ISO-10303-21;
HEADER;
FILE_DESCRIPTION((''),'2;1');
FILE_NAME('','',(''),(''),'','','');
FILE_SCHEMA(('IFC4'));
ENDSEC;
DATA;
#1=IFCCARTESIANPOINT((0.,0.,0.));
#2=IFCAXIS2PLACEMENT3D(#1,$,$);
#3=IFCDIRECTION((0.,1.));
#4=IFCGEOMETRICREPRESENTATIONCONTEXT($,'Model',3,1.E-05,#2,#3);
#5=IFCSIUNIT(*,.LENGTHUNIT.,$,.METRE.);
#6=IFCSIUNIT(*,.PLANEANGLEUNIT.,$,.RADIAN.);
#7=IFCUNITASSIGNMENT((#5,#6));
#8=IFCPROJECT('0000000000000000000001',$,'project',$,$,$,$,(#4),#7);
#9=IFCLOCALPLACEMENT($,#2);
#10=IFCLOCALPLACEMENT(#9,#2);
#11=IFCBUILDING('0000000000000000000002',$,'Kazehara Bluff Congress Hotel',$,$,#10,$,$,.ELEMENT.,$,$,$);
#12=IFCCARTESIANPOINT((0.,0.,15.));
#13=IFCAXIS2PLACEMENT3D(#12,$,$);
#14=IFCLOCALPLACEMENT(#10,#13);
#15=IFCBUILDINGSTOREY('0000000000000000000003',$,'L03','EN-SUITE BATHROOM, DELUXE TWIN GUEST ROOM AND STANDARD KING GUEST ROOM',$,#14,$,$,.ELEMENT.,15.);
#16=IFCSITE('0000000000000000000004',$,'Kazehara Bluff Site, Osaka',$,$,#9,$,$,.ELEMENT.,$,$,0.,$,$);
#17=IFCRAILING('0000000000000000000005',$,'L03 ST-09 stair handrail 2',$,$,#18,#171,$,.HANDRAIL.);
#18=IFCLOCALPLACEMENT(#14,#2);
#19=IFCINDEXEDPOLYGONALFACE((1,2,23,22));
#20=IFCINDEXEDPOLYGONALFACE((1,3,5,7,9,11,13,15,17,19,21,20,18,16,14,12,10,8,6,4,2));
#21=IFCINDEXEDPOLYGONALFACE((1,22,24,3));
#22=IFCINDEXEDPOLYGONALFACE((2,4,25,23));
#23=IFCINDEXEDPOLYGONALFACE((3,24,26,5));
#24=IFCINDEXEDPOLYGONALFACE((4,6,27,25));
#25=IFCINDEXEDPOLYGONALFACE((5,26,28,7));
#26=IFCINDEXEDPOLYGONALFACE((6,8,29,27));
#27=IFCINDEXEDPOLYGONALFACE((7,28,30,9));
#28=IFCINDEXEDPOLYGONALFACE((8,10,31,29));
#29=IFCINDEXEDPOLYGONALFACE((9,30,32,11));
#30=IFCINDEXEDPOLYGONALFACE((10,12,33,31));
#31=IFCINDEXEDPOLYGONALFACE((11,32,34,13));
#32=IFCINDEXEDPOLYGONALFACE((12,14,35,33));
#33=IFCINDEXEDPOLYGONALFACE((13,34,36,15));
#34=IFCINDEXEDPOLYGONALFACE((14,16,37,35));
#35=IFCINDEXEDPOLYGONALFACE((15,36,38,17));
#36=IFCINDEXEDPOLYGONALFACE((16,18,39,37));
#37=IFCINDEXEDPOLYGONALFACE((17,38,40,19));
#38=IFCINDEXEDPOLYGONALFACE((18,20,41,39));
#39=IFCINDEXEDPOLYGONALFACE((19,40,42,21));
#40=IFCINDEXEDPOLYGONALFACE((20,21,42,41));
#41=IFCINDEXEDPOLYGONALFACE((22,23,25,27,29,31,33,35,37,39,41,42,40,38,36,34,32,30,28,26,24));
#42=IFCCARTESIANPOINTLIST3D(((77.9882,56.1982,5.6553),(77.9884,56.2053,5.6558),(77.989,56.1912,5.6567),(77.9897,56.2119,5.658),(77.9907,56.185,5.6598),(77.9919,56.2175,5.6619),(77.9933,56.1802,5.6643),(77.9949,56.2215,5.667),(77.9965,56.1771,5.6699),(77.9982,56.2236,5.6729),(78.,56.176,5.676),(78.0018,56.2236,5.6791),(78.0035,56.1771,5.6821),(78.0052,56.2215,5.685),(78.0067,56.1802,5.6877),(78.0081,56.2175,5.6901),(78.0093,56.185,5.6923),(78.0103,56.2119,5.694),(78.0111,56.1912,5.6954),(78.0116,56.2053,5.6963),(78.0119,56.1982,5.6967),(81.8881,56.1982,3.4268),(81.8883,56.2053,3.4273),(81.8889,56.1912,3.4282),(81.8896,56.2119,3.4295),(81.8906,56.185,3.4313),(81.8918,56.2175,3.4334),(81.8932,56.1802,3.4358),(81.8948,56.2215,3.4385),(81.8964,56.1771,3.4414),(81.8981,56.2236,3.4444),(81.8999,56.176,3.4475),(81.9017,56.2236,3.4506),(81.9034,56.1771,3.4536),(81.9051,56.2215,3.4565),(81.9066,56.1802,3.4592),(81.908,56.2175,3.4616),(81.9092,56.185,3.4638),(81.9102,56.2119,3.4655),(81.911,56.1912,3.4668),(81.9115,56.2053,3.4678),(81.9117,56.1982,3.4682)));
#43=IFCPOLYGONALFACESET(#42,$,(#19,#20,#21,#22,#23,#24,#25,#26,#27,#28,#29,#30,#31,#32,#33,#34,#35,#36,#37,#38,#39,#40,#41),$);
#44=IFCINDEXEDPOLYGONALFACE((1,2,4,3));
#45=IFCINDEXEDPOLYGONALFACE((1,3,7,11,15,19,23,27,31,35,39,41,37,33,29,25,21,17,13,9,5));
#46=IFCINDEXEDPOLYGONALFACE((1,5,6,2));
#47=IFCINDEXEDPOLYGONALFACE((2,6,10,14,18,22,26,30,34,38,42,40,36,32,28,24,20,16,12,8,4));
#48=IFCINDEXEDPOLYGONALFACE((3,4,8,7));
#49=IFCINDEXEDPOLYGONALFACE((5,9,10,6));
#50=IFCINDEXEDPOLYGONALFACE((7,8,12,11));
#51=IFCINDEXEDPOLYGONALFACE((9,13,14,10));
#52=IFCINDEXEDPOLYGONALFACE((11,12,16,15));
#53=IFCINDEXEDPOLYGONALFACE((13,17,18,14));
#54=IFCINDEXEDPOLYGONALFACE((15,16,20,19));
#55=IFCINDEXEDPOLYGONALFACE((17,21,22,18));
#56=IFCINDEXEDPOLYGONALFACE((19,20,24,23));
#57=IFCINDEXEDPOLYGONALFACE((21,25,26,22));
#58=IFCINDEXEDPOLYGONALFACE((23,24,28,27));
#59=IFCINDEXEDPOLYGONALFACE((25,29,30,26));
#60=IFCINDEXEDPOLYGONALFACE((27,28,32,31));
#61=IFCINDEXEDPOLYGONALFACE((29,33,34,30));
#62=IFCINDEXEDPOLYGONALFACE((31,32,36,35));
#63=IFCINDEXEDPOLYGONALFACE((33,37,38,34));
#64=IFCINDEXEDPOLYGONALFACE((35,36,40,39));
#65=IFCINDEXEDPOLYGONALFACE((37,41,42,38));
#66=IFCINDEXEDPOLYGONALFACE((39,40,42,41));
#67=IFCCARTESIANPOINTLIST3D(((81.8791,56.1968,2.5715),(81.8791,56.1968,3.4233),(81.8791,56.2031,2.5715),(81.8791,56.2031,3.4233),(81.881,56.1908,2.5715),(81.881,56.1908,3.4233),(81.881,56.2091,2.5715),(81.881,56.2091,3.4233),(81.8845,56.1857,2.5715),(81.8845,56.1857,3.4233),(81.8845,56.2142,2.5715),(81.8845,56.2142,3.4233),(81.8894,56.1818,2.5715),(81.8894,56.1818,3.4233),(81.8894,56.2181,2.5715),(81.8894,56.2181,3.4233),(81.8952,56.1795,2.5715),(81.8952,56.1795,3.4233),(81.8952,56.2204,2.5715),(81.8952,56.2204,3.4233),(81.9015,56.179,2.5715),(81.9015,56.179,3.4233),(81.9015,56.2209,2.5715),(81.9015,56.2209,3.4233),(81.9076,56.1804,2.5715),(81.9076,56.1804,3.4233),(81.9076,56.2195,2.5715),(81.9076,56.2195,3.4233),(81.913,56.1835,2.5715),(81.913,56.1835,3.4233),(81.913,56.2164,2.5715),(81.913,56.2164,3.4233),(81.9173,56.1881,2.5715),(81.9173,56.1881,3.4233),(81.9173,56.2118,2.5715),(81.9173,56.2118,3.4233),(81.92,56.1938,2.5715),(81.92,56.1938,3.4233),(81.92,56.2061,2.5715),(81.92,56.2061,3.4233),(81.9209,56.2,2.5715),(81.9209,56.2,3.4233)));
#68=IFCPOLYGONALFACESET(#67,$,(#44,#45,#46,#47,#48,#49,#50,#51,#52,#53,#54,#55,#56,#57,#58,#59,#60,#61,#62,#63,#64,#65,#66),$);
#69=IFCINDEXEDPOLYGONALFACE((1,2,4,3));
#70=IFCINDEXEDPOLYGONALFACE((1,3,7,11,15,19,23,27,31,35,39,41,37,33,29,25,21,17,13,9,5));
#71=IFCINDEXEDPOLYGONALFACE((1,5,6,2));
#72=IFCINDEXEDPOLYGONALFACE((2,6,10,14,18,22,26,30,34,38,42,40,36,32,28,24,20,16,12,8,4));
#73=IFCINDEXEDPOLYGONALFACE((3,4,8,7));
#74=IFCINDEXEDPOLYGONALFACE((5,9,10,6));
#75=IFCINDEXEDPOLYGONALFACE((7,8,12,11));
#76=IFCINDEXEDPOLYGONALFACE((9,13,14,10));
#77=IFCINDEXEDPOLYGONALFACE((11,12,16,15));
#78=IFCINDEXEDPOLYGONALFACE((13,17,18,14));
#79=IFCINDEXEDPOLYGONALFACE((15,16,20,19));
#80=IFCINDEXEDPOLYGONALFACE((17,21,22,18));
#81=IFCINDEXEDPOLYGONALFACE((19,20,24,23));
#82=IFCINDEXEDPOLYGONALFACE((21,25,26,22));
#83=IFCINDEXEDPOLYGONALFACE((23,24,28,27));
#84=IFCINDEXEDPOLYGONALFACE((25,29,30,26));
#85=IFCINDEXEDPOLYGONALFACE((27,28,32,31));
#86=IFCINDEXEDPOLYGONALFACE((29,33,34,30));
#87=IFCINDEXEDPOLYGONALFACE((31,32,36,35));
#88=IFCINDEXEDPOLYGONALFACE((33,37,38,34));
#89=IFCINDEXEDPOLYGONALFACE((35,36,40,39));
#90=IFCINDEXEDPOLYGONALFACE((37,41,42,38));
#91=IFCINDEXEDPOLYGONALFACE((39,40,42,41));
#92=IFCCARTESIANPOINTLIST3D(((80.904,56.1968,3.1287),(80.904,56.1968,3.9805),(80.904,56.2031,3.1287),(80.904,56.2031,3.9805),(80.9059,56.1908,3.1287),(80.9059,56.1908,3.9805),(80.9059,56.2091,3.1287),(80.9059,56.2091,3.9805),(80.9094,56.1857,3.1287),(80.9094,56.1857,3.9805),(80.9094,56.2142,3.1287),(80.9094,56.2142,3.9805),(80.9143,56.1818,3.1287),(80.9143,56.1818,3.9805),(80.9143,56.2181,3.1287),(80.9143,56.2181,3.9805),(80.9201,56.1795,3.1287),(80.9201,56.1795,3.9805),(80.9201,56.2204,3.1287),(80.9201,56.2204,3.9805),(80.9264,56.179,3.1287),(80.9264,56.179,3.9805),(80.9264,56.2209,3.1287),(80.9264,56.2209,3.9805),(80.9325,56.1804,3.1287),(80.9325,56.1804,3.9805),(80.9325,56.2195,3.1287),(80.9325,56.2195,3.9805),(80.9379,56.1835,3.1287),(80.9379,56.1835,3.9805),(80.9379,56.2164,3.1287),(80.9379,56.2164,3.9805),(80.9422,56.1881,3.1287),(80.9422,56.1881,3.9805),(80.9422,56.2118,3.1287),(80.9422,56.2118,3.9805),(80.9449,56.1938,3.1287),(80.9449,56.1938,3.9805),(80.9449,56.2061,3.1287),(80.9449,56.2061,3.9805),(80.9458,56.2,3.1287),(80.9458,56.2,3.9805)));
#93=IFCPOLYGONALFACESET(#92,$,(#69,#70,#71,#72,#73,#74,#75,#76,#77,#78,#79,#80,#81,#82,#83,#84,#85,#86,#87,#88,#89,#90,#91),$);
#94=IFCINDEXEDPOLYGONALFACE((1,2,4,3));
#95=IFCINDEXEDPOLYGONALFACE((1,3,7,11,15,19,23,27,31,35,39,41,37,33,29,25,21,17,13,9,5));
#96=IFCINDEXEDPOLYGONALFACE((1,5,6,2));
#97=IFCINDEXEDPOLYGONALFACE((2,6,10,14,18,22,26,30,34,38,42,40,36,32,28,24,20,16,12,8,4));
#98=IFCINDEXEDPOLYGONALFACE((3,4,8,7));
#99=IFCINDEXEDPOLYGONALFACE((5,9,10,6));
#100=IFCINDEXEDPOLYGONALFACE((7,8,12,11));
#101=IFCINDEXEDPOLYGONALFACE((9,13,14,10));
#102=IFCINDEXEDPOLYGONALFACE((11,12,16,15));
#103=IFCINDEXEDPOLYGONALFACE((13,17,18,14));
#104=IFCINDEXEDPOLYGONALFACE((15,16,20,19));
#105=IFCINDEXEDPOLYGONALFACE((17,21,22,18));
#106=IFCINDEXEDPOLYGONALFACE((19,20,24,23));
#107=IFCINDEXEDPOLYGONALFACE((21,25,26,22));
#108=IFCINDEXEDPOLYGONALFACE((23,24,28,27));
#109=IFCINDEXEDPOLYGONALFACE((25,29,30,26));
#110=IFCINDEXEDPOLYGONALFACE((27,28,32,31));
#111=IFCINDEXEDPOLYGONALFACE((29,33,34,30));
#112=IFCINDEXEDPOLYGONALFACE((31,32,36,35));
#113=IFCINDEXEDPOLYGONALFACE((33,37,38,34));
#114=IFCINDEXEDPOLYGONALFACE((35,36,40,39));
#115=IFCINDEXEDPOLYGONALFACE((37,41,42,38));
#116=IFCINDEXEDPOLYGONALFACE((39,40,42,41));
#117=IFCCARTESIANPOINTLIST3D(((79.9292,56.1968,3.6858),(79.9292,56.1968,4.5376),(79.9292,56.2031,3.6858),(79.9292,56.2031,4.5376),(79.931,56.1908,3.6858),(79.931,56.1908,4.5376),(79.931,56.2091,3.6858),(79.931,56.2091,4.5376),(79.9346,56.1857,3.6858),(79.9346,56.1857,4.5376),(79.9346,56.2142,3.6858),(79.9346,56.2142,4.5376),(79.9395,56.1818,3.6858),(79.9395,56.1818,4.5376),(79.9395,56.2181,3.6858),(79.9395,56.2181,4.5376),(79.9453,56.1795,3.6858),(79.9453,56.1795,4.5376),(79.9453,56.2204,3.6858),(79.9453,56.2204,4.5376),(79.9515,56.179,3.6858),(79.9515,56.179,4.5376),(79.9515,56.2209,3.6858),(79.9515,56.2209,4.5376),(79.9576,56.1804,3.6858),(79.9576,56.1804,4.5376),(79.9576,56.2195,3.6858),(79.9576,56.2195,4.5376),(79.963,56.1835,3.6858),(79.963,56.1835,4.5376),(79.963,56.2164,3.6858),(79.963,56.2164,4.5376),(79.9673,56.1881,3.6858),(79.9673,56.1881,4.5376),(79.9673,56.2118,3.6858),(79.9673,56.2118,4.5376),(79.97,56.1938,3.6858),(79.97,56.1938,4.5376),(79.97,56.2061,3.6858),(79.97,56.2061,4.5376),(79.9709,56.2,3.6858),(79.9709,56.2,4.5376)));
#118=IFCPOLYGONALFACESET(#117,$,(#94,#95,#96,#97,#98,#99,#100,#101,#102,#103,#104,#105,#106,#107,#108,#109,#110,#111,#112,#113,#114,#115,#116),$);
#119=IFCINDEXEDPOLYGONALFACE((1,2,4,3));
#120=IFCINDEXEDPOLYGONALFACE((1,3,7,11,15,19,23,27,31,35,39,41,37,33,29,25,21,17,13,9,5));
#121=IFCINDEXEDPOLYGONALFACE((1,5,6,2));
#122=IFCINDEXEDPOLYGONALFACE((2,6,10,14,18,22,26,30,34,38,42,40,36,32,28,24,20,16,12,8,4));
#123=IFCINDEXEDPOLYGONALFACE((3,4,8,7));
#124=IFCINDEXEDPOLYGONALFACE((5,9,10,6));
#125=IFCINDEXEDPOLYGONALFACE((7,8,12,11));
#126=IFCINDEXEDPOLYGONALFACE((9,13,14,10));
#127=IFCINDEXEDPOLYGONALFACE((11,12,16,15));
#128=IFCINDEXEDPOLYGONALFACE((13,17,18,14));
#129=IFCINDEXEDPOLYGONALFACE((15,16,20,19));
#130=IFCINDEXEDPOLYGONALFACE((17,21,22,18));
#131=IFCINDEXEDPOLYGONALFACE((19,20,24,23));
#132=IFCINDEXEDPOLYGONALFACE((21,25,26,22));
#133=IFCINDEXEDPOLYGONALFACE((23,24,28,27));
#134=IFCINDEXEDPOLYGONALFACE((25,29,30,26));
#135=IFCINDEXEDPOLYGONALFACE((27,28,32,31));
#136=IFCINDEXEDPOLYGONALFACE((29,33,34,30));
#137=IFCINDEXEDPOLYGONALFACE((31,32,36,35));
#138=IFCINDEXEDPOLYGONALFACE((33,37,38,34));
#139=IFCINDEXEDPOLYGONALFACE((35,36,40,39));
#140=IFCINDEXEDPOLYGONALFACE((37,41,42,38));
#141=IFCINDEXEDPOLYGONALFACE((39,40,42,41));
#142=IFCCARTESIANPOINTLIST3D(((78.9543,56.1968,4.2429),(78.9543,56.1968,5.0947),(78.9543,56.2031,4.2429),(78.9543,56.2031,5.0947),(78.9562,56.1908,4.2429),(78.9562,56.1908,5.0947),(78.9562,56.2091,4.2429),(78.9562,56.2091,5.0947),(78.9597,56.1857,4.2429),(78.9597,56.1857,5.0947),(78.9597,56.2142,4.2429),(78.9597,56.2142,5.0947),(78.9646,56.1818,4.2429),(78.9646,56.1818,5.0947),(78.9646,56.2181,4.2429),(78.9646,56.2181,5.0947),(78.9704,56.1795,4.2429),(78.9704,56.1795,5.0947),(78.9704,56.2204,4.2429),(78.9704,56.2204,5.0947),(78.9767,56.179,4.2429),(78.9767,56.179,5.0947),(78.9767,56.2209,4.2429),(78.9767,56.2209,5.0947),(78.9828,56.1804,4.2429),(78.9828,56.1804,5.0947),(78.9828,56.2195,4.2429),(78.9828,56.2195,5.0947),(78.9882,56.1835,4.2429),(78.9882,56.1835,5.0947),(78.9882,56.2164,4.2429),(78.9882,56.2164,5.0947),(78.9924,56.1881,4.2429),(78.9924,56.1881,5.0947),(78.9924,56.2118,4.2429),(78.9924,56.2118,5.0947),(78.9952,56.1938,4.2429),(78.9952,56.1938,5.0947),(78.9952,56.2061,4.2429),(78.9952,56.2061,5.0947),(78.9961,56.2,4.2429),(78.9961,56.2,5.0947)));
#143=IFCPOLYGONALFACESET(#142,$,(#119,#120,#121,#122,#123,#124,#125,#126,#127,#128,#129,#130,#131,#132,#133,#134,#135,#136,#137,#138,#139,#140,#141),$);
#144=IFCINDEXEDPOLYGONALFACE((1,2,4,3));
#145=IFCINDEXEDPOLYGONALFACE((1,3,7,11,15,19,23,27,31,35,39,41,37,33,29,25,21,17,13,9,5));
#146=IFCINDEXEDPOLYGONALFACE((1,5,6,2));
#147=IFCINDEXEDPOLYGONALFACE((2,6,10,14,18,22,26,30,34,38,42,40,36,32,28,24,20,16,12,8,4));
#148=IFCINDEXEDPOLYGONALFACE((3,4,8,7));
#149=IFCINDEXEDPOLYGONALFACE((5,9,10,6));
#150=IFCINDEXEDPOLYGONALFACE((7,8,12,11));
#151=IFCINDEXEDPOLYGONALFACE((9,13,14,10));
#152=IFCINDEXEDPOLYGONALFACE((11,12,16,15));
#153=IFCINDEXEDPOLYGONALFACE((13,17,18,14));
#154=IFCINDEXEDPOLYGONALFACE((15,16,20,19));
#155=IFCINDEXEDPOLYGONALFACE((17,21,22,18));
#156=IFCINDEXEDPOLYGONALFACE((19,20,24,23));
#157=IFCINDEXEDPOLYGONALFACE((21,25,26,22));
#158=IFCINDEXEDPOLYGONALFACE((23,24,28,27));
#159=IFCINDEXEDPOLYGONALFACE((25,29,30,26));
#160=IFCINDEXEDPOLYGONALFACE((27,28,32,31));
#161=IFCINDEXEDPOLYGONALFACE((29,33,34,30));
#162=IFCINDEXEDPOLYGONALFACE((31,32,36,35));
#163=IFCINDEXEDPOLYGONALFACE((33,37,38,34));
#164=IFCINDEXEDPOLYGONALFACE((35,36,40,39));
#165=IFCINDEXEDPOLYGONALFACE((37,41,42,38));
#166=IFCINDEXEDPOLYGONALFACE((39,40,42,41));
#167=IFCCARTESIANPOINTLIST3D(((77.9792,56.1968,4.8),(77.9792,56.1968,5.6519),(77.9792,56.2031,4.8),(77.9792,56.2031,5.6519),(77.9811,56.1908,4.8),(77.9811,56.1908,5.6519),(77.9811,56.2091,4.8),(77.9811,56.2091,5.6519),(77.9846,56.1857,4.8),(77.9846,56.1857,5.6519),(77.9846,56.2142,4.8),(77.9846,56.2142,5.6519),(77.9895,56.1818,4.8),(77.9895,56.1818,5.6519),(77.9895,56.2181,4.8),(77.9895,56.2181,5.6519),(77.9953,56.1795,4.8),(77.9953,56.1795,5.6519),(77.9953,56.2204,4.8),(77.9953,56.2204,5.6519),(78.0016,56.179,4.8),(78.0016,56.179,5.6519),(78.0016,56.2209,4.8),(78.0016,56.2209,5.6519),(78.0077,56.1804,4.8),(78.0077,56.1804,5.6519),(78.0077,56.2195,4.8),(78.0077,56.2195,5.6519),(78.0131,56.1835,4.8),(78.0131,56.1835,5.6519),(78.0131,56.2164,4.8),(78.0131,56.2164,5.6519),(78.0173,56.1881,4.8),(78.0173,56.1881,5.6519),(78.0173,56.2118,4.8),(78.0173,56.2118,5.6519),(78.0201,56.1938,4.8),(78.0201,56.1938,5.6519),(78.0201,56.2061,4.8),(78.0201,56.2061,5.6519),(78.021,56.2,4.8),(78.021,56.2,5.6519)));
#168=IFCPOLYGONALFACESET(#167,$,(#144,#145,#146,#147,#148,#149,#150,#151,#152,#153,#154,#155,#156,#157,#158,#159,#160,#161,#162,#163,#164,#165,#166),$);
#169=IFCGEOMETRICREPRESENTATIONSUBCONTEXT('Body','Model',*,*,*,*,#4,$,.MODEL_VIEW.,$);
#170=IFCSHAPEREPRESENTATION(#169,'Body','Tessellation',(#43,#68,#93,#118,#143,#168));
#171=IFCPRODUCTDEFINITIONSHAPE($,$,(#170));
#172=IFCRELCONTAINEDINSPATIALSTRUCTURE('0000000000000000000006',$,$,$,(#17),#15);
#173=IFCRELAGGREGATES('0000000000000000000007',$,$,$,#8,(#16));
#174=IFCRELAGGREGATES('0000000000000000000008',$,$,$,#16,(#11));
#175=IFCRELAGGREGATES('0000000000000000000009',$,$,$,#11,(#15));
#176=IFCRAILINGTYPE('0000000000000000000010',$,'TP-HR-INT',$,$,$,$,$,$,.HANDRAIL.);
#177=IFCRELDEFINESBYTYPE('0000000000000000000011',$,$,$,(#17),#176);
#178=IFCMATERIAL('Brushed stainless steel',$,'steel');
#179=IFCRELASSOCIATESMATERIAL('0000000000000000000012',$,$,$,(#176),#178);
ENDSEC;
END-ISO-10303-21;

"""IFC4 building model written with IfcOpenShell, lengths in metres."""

from ifc_helpers import new_model, si_unit, direction, frame, origin, origin_2d, place, context, subcontext, project, spatial, circle, extrude, material, type_object, element, save


model = new_model("IFC4")

# Units and contexts
model_context = context("Model", 3, precision=1e-05, world=origin(), true_north=direction((0.0, 1.0)))
body_context = subcontext(model_context, "Body", "Model", "MODEL_VIEW")
ifc_project = project(units=[si_unit("LENGTHUNIT", "METRE"), si_unit("PLANEANGLEUNIT", "RADIAN")], contexts=[model_context])

# Site, building, storey
site_placement = place(None, origin())
site = spatial("IfcSite", under=ifc_project, at=site_placement, Name="Kazehara Bluff Site, Osaka", CompositionType="ELEMENT", RefElevation=0.0)
building_placement = place(site_placement, origin())
building = spatial("IfcBuilding", under=site, at=building_placement, Name="Kazehara Bluff Congress Hotel", CompositionType="ELEMENT")
storey_placement = place(building_placement, frame((0.0, 0.0, 15.0)))
storey = spatial("IfcBuildingStorey", under=building, at=storey_placement, Name="L03", Description="EN-SUITE BATHROOM, DELUXE TWIN GUEST ROOM AND STANDARD KING GUEST ROOM", CompositionType="ELEMENT", Elevation=15.0)

# Railing
ifc_material_1 = material(Name="Brushed stainless steel", Category="steel")
railing_type_1 = type_object("IfcRailingType", Name="TP-HR-INT", PredefinedType="HANDRAIL", material=ifc_material_1)
railing_1_placement = place(storey_placement, frame((81.8999, 56.2, 2.5715)))
element("IfcRailing", 1, at=railing_1_placement, inside=storey, type_object=railing_type_1, Name="L03 ST-09 stair handrail 2", PredefinedType="HANDRAIL", context=body_context, shape_type="SweptSolid", body=[
    extrude(circle(Radius=0.0239, at=origin_2d()), frame((0.0, 0.0, 0.876), z_axis=(-0.868243, 0.0, 0.496139), x_axis=(0.0, -1.0, 0.0)), (0.0, 0.0, 1.0), 4.4917),
    extrude(circle(Radius=0.021, at=origin_2d()), origin(), (0.0, 0.0, 1.0), 0.8518),
    extrude(circle(Radius=0.021, at=origin_2d()), frame((-0.9751, 0.0, 0.5571)), (0.0, 0.0, 1.0), 0.8518),
    extrude(circle(Radius=0.021, at=origin_2d()), frame((-1.95, 0.0, 1.1143)), (0.0, 0.0, 1.0), 0.8518),
    extrude(circle(Radius=0.021, at=origin_2d()), frame((-2.9248, 0.0, 1.6714)), (0.0, 0.0, 1.0), 0.8518),
    extrude(circle(Radius=0.021, at=origin_2d()), frame((-3.8999, 0.0, 2.2285)), (0.0, 0.0, 1.0), 0.8518),
])

save(model, "model.ifc")
